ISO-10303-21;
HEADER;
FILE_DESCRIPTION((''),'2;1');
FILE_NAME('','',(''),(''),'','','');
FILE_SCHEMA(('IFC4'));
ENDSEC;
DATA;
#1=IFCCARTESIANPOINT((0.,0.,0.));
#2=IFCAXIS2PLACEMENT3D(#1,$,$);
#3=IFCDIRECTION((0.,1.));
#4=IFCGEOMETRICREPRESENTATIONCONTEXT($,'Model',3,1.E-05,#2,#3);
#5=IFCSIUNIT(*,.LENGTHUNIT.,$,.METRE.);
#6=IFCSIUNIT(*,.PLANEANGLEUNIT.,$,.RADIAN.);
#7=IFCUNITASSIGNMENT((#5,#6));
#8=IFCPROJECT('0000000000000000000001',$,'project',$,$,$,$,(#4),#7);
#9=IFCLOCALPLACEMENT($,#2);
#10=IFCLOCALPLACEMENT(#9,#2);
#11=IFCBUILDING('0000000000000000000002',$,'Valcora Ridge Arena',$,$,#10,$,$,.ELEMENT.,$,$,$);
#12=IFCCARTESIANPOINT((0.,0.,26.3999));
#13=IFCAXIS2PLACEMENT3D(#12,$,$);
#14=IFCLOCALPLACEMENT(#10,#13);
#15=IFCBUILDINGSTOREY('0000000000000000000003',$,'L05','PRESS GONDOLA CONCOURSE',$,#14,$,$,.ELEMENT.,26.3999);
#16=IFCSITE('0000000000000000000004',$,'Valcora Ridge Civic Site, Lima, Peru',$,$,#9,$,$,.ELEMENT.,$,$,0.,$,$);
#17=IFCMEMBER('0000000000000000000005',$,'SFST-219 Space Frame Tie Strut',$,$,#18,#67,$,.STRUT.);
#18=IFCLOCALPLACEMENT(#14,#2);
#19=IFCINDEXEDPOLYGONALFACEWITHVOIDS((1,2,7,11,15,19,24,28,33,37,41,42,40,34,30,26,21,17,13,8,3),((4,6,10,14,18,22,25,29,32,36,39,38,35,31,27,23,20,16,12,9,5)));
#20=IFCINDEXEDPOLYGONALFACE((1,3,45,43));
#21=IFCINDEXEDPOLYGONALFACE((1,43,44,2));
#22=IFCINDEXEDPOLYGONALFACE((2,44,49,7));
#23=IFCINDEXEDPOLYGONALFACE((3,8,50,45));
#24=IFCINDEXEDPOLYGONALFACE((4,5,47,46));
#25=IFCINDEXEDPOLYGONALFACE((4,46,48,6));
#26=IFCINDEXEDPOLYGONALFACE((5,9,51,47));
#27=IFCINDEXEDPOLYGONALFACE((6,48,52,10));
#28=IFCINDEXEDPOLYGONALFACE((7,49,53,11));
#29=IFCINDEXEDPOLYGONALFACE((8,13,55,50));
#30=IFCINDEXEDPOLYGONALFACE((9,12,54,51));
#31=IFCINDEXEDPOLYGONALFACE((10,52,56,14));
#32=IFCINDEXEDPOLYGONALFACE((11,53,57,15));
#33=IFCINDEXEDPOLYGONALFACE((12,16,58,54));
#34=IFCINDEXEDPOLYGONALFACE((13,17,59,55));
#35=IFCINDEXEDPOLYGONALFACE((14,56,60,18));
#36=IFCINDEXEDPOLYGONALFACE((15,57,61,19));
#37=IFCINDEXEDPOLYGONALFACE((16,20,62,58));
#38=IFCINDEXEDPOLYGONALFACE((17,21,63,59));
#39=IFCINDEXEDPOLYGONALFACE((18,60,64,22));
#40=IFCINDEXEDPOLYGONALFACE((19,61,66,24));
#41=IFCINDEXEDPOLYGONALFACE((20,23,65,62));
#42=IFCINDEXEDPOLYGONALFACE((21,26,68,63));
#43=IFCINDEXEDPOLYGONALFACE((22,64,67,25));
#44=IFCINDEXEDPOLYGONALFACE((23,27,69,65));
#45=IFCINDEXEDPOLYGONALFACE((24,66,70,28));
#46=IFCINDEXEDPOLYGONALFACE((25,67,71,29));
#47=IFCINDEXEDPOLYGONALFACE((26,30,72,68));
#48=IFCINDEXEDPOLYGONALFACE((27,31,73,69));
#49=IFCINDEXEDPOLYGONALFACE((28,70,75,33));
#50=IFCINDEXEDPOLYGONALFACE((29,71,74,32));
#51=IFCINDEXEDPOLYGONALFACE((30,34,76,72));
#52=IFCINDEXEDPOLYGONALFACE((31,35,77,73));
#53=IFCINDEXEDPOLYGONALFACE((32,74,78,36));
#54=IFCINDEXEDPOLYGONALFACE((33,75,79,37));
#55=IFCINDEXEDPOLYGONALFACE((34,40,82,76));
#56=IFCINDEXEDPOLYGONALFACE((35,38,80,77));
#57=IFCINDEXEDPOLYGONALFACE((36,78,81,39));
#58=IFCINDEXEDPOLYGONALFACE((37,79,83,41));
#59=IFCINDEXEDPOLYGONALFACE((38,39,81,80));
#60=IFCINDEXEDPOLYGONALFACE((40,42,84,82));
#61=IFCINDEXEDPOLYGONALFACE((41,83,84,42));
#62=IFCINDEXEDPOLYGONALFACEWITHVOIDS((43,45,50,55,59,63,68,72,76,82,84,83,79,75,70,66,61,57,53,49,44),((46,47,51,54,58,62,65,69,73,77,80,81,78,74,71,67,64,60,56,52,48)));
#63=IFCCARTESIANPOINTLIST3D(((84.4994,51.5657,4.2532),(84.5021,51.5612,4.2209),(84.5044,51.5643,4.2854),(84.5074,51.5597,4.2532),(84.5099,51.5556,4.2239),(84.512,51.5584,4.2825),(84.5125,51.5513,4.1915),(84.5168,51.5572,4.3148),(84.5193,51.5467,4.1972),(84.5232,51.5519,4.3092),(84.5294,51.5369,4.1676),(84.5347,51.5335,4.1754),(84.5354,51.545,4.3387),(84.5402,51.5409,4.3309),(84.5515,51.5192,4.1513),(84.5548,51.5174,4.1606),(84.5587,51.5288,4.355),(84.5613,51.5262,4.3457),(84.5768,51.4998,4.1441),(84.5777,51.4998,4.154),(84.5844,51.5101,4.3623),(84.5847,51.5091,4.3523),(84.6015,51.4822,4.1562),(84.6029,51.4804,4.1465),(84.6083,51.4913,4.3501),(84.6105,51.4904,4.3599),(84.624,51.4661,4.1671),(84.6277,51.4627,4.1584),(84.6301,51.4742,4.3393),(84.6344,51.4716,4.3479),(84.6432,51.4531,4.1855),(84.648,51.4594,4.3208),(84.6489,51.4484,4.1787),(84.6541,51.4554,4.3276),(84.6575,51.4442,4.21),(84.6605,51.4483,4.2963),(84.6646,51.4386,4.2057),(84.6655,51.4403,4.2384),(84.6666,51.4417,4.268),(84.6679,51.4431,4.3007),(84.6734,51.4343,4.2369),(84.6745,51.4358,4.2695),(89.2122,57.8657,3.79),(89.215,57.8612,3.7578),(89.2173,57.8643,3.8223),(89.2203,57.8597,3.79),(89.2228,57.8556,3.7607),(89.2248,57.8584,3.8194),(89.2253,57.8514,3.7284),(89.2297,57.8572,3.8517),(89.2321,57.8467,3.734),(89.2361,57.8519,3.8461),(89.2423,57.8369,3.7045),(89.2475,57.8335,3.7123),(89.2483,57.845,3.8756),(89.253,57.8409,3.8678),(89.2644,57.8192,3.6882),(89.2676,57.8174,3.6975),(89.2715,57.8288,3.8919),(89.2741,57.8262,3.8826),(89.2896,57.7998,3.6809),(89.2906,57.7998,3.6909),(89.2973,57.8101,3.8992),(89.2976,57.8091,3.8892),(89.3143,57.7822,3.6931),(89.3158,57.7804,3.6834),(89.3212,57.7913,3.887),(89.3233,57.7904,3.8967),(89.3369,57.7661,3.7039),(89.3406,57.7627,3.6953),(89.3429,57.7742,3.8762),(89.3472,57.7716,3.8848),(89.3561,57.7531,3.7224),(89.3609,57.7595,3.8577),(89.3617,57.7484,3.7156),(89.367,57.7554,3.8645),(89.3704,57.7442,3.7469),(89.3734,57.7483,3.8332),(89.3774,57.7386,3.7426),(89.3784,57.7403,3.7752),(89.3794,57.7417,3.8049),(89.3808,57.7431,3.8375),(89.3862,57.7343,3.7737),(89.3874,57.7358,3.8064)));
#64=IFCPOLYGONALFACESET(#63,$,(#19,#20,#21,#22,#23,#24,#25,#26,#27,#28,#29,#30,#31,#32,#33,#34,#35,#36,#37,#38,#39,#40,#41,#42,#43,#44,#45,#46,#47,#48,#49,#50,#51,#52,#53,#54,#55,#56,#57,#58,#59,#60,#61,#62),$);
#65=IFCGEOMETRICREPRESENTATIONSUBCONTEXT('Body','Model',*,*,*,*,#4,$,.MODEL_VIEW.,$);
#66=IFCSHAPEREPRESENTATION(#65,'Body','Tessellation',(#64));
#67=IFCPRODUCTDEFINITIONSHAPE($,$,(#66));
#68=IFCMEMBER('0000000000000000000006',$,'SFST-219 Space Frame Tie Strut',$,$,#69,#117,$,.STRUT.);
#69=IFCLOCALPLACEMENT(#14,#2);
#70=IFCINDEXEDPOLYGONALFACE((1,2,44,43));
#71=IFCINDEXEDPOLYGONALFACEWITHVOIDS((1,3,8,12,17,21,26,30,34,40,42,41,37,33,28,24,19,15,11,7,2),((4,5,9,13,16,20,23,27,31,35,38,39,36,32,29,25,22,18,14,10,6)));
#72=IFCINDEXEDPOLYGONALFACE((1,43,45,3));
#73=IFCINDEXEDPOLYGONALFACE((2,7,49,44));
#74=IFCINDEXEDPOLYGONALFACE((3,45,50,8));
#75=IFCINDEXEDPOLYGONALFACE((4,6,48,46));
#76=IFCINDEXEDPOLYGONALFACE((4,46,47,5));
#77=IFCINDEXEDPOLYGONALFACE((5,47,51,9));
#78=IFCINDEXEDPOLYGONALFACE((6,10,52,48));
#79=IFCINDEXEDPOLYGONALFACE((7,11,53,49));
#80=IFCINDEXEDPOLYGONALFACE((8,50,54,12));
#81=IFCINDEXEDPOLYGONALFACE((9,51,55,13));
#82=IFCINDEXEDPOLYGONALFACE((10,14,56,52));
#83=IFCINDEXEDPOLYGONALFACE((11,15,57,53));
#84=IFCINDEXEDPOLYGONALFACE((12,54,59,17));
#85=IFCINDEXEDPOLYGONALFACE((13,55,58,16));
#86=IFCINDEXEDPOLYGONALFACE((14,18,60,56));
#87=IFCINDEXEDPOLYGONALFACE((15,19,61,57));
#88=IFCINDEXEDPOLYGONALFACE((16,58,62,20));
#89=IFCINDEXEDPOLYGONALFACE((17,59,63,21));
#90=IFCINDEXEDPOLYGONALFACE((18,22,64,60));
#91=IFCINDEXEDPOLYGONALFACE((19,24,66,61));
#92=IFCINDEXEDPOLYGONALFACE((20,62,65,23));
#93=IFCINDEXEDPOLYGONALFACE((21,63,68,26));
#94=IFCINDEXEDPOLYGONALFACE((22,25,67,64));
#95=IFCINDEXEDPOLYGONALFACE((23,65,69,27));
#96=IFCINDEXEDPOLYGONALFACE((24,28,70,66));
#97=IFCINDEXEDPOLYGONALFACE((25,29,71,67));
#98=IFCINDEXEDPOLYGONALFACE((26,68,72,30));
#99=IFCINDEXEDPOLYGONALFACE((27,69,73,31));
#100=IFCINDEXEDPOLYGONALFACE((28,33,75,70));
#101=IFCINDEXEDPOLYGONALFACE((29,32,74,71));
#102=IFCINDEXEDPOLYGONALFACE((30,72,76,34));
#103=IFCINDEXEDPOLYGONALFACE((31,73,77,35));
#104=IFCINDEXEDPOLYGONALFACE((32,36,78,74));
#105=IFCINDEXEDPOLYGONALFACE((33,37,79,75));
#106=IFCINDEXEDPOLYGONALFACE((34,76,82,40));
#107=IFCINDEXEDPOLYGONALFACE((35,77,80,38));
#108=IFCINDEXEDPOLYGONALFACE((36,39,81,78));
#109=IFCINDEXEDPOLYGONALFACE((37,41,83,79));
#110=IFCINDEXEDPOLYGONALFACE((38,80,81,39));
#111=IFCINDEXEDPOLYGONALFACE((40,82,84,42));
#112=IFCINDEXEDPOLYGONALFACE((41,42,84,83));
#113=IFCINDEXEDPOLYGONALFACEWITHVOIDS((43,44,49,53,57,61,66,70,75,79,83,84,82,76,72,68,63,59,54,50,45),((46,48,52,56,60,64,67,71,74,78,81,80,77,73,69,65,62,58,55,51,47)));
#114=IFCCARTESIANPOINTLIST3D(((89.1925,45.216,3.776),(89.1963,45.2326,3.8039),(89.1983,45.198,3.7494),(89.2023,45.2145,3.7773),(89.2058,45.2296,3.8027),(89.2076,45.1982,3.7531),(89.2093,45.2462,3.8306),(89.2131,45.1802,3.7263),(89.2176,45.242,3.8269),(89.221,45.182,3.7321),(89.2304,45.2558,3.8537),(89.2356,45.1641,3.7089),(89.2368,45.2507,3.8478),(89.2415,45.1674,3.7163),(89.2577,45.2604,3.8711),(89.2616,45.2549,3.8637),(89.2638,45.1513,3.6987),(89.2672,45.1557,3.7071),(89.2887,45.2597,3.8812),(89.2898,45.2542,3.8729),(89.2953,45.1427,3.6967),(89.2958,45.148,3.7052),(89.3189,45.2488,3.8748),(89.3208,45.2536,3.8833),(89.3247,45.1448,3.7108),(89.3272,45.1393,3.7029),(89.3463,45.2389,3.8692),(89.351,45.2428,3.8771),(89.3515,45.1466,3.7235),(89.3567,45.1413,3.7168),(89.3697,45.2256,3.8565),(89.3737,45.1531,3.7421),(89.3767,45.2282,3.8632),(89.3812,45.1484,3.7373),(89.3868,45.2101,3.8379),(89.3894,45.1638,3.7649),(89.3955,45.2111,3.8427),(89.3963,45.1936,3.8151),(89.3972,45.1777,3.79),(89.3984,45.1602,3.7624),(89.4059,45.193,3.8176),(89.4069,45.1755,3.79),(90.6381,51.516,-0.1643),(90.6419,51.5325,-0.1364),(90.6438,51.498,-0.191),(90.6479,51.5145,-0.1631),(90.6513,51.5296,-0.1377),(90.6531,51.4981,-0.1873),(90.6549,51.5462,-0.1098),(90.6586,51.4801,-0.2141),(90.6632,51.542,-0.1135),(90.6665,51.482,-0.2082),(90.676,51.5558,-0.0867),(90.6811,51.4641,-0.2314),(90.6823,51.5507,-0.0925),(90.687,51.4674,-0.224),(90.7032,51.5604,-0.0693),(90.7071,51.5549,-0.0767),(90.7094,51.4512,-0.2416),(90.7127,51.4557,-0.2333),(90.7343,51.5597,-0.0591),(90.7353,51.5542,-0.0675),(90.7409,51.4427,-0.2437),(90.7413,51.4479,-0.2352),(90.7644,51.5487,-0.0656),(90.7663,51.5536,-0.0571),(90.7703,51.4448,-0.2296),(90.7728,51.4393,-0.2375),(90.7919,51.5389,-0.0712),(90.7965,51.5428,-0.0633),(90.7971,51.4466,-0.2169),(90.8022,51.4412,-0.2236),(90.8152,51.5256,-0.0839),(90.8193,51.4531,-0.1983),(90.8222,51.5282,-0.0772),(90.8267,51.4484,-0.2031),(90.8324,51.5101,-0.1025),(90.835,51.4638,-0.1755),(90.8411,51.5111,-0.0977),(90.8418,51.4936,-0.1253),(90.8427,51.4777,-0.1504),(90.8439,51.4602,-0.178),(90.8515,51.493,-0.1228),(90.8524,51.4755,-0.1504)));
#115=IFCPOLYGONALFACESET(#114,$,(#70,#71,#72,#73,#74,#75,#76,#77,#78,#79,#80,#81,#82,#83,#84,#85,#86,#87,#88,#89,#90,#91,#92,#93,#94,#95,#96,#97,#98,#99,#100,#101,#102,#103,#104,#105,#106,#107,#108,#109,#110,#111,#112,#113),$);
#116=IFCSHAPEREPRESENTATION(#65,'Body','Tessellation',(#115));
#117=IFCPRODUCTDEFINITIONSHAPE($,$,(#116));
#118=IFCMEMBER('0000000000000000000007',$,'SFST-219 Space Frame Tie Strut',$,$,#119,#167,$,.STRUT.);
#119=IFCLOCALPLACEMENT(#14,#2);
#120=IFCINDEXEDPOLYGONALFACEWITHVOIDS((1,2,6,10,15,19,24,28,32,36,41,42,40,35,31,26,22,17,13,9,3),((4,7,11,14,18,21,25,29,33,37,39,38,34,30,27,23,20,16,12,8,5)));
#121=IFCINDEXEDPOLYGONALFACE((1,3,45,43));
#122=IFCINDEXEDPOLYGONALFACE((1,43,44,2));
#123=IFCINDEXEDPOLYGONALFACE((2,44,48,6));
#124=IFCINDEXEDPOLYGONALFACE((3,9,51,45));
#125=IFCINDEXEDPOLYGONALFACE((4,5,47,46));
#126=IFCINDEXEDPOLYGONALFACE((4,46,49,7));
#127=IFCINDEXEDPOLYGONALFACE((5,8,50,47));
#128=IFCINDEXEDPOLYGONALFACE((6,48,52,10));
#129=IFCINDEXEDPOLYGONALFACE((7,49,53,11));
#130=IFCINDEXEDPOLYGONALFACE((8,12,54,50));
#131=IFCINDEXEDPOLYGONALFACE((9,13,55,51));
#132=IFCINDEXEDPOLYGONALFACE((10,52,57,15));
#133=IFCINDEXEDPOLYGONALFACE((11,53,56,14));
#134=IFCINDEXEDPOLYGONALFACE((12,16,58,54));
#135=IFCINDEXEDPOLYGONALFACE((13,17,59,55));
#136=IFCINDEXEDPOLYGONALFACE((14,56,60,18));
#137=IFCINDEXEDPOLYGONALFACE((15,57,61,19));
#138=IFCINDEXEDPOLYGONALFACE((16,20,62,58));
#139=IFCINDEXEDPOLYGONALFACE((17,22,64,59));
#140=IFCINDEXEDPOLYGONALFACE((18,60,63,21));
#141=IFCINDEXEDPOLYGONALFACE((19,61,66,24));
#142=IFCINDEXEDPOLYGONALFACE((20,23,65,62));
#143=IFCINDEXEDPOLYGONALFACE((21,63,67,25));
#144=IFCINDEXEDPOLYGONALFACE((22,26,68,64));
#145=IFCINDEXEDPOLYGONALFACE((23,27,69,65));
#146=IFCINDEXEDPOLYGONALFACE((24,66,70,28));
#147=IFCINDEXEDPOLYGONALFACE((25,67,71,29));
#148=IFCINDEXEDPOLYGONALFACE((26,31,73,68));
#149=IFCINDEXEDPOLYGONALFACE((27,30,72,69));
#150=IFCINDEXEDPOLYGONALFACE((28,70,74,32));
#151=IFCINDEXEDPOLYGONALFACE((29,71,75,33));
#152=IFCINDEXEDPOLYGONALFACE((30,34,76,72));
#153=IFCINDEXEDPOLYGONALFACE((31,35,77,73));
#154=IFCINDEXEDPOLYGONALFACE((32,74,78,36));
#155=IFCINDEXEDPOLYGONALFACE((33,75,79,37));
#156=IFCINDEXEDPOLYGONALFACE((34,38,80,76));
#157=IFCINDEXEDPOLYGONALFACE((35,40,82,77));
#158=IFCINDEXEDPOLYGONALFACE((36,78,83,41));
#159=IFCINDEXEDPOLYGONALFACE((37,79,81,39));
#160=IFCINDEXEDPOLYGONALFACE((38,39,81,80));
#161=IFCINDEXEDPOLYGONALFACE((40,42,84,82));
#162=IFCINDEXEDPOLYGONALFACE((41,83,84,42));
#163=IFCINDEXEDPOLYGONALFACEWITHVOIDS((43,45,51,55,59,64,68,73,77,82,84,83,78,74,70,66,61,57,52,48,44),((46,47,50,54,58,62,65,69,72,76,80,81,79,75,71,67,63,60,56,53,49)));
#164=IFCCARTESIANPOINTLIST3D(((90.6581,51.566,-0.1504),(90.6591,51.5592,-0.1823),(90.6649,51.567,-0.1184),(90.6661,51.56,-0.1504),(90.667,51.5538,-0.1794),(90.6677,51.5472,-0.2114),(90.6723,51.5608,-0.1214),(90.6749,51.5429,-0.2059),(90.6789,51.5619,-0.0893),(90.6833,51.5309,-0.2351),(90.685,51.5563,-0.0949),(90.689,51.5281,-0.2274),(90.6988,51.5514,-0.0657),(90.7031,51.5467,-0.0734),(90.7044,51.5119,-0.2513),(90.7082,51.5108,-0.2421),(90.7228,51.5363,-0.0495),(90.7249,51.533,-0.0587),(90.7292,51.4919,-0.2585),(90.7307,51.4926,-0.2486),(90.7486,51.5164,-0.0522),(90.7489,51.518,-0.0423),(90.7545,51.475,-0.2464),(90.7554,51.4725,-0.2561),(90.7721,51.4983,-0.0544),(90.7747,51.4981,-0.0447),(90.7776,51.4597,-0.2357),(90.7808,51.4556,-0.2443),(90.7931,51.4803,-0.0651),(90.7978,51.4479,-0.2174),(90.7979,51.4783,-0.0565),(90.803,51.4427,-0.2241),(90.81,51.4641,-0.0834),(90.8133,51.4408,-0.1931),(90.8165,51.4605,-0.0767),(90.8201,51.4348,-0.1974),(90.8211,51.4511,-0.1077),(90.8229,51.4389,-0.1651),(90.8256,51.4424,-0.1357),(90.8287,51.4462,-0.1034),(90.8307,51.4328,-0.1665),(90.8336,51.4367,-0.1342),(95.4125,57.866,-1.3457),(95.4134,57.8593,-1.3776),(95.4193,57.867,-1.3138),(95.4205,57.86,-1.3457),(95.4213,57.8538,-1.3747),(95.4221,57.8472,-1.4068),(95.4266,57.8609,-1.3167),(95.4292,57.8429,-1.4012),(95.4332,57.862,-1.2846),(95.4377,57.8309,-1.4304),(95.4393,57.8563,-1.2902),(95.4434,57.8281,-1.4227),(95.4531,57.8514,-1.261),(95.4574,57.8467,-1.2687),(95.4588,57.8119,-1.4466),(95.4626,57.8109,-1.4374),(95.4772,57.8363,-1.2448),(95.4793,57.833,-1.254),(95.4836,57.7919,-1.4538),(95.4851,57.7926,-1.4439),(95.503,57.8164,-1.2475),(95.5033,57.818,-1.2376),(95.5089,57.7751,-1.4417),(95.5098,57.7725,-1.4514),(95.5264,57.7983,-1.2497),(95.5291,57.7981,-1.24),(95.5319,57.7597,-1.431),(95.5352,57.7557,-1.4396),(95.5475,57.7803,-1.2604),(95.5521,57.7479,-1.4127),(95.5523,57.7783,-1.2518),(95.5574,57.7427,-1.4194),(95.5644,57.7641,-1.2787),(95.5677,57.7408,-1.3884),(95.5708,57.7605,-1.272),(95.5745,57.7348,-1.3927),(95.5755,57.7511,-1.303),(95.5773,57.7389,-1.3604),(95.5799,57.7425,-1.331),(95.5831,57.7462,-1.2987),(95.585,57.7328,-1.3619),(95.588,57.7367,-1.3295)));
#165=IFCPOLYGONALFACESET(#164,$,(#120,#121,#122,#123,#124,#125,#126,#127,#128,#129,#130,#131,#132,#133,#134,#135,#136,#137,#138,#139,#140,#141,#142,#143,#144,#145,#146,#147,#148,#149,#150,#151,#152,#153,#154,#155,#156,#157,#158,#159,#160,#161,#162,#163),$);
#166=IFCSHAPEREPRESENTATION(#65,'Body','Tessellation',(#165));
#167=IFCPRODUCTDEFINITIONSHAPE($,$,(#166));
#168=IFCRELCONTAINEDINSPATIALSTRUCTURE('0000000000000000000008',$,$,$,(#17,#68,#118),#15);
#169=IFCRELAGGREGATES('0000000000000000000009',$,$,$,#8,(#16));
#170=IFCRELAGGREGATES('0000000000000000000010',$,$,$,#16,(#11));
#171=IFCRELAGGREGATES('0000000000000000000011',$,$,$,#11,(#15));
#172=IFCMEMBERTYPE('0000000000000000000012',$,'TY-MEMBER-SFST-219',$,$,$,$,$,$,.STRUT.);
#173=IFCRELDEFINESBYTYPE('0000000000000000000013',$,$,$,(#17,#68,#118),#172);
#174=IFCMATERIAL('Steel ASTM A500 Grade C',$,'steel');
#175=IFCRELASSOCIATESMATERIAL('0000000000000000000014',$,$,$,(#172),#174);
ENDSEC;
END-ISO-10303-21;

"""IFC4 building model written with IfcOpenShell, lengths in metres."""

from ifc_helpers import new_model, si_unit, direction, frame, origin, origin_2d, place, context, subcontext, project, spatial, hollow_circle, extrude, material, material_profile, profile_set, type_object, element, save


model = new_model("IFC4")

# Units and contexts
model_context = context("Model", 3, precision=1e-05, world=origin(), true_north=direction((0.0, 1.0)))
body_context = subcontext(model_context, "Body", "Model", "MODEL_VIEW")
ifc_project = project(units=[si_unit("LENGTHUNIT", "METRE"), si_unit("PLANEANGLEUNIT", "RADIAN")], contexts=[model_context])

# Site, building, storey
site_placement = place(None, origin())
site = spatial("IfcSite", under=ifc_project, at=site_placement, Name="Valcora Ridge Civic Site, Lima, Peru", CompositionType="ELEMENT", RefElevation=0.0)
building_placement = place(site_placement, origin())
building = spatial("IfcBuilding", under=site, at=building_placement, Name="Valcora Ridge Arena", CompositionType="ELEMENT")
storey_placement = place(building_placement, frame((0.0, 0.0, 26.3999)))
storey = spatial("IfcBuildingStorey", under=building, at=storey_placement, Name="L05", Description="PRESS GONDOLA CONCOURSE", CompositionType="ELEMENT", Elevation=26.3999)

# Members
ifc_material_1 = material(Name="Steel ASTM A500 Grade C", Category="steel")
ifc_material_profile_1 = material_profile(ifc_material_1, hollow_circle(Radius=0.1096, WallThickness=0.01, at=origin_2d()), Name="CHS219X10")
ifc_profile_set_1 = profile_set([ifc_material_profile_1], Name="Steel ASTM A500 Grade C")
member_type_1 = type_object("IfcMemberType", Name="TY-MEMBER-SFST-219", PredefinedType="STRUT", material=ifc_profile_set_1)
member_1_placement = place(storey_placement, frame((84.5872, 51.5, 4.2532), z_axis=(0.597976, 0.799357, -0.058763), x_axis=(-0.80074, 0.599012, 0.0)))
element("IfcMember", 1, at=member_1_placement, inside=storey, type_object=member_type_1, Name="SFST-219 Space Frame Tie Strut", PredefinedType="STRUT", context=body_context, shape_type="SweptSolid", body=[
    extrude(hollow_circle(Radius=0.1096, WallThickness=0.01, at=origin_2d()), origin(), (0.0, 0.0, 1.0), 7.8813),
])
member_2_placement = place(storey_placement, frame((90.7456, 51.5, -0.1504), z_axis=(-0.190955, -0.832222, 0.520522), x_axis=(0.974672, -0.22364, 0.0)))
element("IfcMember", 2, at=member_2_placement, inside=storey, type_object=member_type_1, Name="SFST-219 Space Frame Tie Strut", PredefinedType="STRUT", context=body_context, shape_type="SweptSolid", body=[
    extrude(hollow_circle(Radius=0.1096, WallThickness=0.01, at=origin_2d()), origin(), (0.0, 0.0, 1.0), 7.5701),
])
member_3_placement = place(storey_placement, frame((90.7456, 51.5, -0.1504), z_axis=(0.595587, 0.789212, -0.149738), x_axis=(-0.798211, 0.602378, 0.0)))
element("IfcMember", 3, at=member_3_placement, inside=storey, type_object=member_type_1, Name="SFST-219 Space Frame Tie Strut", PredefinedType="STRUT", context=body_context, shape_type="SweptSolid", body=[
    extrude(hollow_circle(Radius=0.1096, WallThickness=0.01, at=origin_2d()), origin(), (0.0, 0.0, 1.0), 7.9827),
])

save(model, "model.ifc")
